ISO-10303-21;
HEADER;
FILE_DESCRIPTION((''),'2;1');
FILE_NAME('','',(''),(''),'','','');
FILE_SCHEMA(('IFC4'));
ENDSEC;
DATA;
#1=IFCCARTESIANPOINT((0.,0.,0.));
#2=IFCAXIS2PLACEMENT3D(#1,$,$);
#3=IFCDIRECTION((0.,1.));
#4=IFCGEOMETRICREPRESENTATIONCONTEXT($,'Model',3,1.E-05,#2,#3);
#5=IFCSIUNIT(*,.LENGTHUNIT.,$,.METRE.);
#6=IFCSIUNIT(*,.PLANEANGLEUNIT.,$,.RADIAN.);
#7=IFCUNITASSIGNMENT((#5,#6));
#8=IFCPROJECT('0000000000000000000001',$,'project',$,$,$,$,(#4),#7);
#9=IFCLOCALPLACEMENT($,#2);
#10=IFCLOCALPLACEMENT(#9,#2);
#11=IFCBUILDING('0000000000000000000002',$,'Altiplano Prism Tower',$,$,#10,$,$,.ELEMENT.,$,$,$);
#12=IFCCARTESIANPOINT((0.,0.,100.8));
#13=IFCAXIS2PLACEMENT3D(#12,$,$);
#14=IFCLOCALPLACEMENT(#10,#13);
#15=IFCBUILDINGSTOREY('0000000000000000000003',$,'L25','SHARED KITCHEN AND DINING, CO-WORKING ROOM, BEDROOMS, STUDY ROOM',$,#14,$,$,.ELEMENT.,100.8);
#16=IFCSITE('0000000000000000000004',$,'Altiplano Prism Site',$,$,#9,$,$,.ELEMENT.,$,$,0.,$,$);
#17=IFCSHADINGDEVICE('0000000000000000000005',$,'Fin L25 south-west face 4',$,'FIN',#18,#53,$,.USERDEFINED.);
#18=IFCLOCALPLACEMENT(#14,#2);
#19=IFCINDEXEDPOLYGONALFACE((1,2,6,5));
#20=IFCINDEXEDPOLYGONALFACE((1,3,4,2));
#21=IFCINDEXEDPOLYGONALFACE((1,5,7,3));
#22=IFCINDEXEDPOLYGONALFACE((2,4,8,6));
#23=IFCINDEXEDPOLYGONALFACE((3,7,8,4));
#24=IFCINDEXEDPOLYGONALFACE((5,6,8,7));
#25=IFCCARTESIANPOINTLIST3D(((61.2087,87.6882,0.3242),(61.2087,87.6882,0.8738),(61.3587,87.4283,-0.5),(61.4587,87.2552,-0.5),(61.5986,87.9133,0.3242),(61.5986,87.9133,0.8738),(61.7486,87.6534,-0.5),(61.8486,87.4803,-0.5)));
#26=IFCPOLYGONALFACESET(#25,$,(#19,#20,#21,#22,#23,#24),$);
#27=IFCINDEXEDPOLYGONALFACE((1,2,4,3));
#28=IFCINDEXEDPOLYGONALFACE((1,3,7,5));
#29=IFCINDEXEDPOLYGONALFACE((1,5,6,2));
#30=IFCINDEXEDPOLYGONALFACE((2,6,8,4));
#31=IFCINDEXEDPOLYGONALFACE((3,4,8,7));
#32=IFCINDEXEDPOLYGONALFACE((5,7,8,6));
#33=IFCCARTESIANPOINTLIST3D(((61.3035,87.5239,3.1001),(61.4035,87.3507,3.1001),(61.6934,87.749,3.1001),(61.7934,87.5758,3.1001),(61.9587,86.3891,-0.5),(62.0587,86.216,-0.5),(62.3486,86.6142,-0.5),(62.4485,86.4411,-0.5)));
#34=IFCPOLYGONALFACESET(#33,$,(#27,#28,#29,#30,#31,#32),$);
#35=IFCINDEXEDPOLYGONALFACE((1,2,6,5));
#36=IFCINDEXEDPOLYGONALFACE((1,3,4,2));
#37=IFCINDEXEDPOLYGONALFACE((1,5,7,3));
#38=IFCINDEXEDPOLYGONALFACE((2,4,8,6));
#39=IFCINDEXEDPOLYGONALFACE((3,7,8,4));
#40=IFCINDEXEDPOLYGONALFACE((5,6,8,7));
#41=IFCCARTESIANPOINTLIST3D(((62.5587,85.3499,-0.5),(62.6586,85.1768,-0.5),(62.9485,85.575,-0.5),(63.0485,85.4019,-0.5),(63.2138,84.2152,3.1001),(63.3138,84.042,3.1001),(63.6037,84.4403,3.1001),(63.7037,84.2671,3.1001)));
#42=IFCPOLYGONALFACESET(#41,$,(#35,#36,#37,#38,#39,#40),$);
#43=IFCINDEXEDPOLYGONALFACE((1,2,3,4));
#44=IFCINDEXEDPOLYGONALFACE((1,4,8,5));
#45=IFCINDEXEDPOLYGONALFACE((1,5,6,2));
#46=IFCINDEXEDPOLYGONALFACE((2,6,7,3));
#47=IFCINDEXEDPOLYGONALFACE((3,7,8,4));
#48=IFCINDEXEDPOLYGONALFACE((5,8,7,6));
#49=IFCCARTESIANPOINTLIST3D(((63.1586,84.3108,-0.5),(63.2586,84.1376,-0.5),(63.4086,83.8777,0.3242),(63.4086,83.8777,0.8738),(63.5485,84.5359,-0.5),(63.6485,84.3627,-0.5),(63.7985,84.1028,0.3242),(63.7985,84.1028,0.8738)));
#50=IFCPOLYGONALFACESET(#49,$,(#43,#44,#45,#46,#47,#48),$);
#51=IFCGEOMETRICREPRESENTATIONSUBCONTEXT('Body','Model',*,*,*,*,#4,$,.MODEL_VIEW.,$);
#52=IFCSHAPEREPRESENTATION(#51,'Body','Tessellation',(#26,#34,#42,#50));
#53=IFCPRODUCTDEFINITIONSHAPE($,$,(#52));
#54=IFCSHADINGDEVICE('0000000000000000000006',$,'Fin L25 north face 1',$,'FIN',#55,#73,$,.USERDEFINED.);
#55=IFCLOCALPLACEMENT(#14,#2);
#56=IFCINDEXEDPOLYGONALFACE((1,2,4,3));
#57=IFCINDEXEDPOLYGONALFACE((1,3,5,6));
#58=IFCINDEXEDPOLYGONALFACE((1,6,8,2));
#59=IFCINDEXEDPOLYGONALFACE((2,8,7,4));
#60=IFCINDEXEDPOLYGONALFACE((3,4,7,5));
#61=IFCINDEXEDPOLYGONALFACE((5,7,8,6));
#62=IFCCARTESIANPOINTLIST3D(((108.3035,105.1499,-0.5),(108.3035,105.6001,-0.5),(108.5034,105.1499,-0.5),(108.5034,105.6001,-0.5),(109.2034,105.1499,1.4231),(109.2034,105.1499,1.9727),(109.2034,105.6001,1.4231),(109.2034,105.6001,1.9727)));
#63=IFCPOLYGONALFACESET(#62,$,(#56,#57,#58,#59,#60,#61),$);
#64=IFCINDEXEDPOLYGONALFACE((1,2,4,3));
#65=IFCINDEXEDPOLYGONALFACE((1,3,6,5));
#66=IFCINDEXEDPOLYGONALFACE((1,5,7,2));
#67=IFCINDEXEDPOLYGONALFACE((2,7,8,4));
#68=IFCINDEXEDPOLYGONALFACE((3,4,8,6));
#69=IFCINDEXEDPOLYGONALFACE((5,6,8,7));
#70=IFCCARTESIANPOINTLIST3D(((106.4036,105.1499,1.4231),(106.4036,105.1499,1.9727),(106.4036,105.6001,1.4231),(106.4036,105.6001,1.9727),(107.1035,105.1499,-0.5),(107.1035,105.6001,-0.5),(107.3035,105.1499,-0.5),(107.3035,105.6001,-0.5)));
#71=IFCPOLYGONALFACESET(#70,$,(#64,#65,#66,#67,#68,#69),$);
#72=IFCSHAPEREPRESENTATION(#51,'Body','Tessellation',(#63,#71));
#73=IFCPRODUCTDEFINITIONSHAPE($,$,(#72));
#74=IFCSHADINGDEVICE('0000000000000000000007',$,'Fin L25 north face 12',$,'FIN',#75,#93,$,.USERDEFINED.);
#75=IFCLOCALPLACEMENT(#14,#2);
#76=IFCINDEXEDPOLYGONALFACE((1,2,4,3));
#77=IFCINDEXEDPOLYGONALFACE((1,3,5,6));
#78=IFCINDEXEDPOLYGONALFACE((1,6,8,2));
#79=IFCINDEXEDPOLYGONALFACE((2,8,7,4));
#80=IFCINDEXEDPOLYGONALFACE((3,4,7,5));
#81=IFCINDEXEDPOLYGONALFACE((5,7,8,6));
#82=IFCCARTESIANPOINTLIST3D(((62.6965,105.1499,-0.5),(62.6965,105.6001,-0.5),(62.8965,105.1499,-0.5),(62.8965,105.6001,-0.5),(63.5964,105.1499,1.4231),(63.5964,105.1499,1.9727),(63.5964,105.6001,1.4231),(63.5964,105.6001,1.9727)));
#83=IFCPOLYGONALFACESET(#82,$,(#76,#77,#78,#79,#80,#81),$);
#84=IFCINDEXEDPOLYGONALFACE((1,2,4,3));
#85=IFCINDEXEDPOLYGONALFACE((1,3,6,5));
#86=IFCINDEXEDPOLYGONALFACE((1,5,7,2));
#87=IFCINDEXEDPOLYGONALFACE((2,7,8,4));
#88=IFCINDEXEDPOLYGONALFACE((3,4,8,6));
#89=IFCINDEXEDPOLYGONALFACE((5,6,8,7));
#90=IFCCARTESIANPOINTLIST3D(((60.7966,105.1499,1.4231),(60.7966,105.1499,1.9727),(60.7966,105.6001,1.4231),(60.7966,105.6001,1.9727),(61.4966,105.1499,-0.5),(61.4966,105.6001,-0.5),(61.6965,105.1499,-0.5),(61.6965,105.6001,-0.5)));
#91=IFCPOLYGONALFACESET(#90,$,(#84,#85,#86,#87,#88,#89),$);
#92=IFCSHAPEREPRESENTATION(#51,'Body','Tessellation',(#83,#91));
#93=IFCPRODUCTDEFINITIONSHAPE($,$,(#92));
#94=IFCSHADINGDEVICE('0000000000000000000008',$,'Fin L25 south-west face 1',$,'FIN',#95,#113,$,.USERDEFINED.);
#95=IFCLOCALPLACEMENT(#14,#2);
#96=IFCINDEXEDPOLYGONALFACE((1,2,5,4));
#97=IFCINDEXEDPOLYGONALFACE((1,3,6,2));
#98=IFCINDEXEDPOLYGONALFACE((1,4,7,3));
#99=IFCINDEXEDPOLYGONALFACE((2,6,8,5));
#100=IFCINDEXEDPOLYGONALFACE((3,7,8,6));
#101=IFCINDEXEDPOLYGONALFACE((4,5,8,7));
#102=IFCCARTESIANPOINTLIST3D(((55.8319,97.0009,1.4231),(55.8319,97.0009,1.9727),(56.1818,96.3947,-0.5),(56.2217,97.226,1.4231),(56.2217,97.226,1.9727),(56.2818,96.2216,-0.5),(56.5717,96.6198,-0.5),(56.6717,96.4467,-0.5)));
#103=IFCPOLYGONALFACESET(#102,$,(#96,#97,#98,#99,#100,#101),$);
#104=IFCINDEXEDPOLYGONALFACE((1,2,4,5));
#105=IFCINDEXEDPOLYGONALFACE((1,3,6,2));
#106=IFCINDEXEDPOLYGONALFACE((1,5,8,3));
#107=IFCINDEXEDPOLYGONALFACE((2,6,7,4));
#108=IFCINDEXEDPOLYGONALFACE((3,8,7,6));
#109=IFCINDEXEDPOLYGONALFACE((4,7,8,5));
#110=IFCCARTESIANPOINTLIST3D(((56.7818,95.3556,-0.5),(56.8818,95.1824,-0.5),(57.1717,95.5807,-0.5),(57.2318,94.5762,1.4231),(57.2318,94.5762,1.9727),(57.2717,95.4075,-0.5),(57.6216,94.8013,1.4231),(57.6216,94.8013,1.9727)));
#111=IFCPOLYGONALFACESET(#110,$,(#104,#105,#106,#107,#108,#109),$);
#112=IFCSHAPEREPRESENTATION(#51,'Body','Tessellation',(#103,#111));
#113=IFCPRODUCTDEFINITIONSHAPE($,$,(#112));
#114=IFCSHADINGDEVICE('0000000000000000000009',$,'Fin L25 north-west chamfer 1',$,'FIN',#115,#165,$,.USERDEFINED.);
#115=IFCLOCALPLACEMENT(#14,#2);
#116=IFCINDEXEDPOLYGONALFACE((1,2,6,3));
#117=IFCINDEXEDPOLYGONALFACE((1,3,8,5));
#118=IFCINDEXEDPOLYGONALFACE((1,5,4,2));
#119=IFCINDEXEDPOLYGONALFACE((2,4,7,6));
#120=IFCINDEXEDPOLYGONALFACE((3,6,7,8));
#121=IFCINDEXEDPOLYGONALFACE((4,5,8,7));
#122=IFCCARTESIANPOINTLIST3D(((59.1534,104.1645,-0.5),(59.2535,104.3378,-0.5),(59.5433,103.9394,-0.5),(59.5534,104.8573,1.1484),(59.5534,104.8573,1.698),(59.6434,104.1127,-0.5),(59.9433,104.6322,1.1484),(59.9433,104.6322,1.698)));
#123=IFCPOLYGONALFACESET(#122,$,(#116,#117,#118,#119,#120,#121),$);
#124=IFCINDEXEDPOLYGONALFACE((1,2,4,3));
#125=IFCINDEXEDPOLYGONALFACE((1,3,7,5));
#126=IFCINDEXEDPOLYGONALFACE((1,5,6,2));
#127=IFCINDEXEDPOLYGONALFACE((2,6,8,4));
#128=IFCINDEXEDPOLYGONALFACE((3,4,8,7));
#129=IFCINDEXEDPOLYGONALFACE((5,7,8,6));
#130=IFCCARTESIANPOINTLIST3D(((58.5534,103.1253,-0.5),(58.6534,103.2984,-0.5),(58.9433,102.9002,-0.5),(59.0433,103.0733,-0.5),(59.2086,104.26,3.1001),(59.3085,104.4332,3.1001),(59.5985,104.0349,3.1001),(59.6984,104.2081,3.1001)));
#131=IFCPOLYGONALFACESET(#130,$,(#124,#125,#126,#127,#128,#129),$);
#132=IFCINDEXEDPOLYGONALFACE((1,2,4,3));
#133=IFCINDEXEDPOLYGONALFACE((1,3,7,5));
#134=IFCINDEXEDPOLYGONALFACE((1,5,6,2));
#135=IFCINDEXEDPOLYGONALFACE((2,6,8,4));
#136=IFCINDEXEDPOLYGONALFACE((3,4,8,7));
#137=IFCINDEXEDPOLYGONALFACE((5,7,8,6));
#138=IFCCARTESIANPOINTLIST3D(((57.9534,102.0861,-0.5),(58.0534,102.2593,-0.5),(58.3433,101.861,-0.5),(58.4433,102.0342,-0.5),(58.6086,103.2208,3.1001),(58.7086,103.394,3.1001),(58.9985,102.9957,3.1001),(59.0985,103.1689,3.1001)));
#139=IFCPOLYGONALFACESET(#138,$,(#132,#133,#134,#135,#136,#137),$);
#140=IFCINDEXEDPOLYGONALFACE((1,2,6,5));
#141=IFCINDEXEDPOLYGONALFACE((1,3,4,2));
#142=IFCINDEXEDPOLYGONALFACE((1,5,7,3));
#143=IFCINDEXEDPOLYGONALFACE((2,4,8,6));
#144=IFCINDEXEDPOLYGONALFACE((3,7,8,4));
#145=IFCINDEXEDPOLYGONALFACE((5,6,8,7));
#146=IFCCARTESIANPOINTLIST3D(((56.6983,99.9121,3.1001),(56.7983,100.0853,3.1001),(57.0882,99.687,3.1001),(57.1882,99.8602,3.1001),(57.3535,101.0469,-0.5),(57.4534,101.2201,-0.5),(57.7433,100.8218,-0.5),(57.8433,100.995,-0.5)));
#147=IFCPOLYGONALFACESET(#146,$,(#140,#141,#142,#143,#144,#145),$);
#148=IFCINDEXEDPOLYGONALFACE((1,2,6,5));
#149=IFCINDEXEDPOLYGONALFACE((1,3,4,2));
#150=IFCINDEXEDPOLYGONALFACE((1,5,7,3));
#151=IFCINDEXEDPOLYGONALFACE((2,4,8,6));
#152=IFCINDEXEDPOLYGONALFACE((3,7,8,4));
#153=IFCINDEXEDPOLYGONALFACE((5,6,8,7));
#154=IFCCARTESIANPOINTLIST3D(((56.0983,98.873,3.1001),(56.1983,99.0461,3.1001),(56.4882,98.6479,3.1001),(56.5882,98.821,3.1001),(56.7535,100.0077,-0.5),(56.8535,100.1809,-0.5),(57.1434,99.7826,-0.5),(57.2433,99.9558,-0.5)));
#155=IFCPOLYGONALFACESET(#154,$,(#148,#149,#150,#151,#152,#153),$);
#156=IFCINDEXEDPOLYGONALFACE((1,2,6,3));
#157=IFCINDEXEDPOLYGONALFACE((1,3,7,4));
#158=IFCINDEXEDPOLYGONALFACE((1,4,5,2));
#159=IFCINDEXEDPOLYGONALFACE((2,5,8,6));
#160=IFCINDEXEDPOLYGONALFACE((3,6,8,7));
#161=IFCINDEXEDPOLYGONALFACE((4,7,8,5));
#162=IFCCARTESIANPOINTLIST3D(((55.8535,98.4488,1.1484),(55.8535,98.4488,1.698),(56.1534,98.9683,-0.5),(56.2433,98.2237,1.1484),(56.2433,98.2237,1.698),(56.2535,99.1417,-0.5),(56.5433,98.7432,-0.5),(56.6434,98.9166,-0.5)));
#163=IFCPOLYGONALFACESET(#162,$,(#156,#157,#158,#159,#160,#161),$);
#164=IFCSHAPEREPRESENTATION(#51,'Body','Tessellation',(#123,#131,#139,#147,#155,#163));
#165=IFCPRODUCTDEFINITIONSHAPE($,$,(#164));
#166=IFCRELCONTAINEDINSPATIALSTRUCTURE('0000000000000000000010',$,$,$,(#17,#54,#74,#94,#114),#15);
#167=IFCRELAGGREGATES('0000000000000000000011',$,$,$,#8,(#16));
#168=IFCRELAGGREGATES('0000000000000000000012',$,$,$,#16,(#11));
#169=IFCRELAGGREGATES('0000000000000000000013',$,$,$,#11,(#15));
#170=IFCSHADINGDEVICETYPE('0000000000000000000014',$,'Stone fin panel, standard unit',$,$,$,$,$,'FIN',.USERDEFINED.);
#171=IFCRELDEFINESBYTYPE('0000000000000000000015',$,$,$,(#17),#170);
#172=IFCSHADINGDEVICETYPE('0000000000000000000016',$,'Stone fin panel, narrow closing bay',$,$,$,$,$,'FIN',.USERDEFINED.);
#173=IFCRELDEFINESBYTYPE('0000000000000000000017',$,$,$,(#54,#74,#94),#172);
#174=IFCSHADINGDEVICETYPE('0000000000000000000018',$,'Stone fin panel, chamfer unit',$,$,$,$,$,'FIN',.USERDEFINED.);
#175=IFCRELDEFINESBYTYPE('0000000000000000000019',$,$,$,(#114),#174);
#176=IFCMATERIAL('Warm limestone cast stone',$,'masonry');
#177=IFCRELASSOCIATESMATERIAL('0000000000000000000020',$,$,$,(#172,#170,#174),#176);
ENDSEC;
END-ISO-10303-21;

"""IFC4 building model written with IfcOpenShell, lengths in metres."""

from ifc_helpers import new_model, si_unit, direction, frame, origin, place, context, subcontext, project, spatial, polyline, outline, extrude, source, transform, mapped, material, type_object, element, save


model = new_model("IFC4")

# Units and contexts
model_context = context("Model", 3, precision=1e-05, world=origin(), true_north=direction((0.0, 1.0)))
body_context = subcontext(model_context, "Body", "Model", "MODEL_VIEW")
ifc_project = project(units=[si_unit("LENGTHUNIT", "METRE"), si_unit("PLANEANGLEUNIT", "RADIAN")], contexts=[model_context])

# Site, building, storey
site_placement = place(None, origin())
site = spatial("IfcSite", under=ifc_project, at=site_placement, Name="Altiplano Prism Site", CompositionType="ELEMENT", RefElevation=0.0)
building_placement = place(site_placement, origin())
building = spatial("IfcBuilding", under=site, at=building_placement, Name="Altiplano Prism Tower", CompositionType="ELEMENT")
storey_placement = place(building_placement, frame((0.0, 0.0, 100.8)))
storey = spatial("IfcBuildingStorey", under=building, at=storey_placement, Name="L25", Description="SHARED KITCHEN AND DINING, CO-WORKING ROOM, BEDROOMS, STUDY ROOM", CompositionType="ELEMENT", Elevation=100.8)

# Shading devices
ifc_material_1 = material(Name="Warm limestone cast stone", Category="masonry")
shading_device_type_1 = type_object("IfcShadingDeviceType", Name="Stone fin panel, narrow closing bay", ElementType="FIN", PredefinedType="USERDEFINED", material=ifc_material_1)
shading_device_type_2 = type_object("IfcShadingDeviceType", Name="Stone fin panel, standard unit", ElementType="FIN", PredefinedType="USERDEFINED", material=ifc_material_1)
shared_shape_1 = source(origin(), body_context, "Body", "SweptSolid", [
    extrude(outline(polyline([(-2.2, 1.3738), (-2.2, 0.8242), (-1.8999, 0.0), (-1.7, 0.0), (-2.2, 1.3738)])), frame((0.0, -0.1499, 0.0), z_axis=(0.0, -1.0, 0.0), x_axis=(1.0, 0.0, 0.0)), (0.0, 0.0, 1.0), 0.4502),
    extrude(outline(polyline([(-2.0103, 3.6001), (-0.7, 0.0), (-0.5, 0.0), (-1.8103, 3.6001), (-2.0103, 3.6001)])), frame((0.0, -0.1499, 0.0), z_axis=(0.0, -1.0, 0.0), x_axis=(1.0, 0.0, 0.0)), (0.0, 0.0, 1.0), 0.4502),
    extrude(outline(polyline([(1.8103, 3.6001), (0.5, 0.0), (0.7, 0.0), (2.0103, 3.6001), (1.8103, 3.6001)])), frame((0.0, -0.1499, 0.0), z_axis=(0.0, -1.0, 0.0), x_axis=(1.0, 0.0, 0.0)), (0.0, 0.0, 1.0), 0.4502),
    extrude(outline(polyline([(2.2, 0.8242), (2.2, 1.3738), (1.7, 0.0), (1.8999, 0.0), (2.2, 0.8242)])), frame((0.0, -0.1499, 0.0), z_axis=(0.0, -1.0, 0.0), x_axis=(1.0, 0.0, 0.0)), (0.0, 0.0, 1.0), 0.4502),
])
shading_device_1_placement = place(storey_placement, origin())
element("IfcShadingDevice", 1, at=shading_device_1_placement, inside=storey, type_object=shading_device_type_2, Name="Fin L25 south-west face 4", ObjectType="FIN", PredefinedType="USERDEFINED", context=body_context, shape_type="MappedRepresentation", body=[
    mapped(shared_shape_1, transform((62.8284, 86.083, -0.5), x_axis=(0.5, -0.866025, 0.0), y_axis=(0.866025, 0.5, 0.0), z_axis=(0.0, 0.0, 1.0))),
])
shared_shape_2 = source(origin(), body_context, "Body", "SweptSolid", [
    extrude(outline(polyline([(-1.3999, 2.4727), (-1.3999, 1.9231), (-0.7, 0.0), (-0.5, 0.0), (-1.3999, 2.4727)])), frame((0.0, -0.1499, 0.0), z_axis=(0.0, -1.0, 0.0), x_axis=(1.0, 0.0, 0.0)), (0.0, 0.0, 1.0), 0.4502),
    extrude(outline(polyline([(1.3999, 1.9231), (1.3999, 2.4727), (0.5, 0.0), (0.7, 0.0), (1.3999, 1.9231)])), frame((0.0, -0.1499, 0.0), z_axis=(0.0, -1.0, 0.0), x_axis=(1.0, 0.0, 0.0)), (0.0, 0.0, 1.0), 0.4502),
])
shading_device_2_placement = place(storey_placement, origin())
element("IfcShadingDevice", 2, at=shading_device_2_placement, inside=storey, type_object=shading_device_type_1, Name="Fin L25 north face 1", ObjectType="FIN", PredefinedType="USERDEFINED", context=body_context, shape_type="MappedRepresentation", body=[
    mapped(shared_shape_2, transform((107.8035, 105.0, -0.5), x_axis=(-1.0, 0.0, 0.0), y_axis=(0.0, -1.0, 0.0), z_axis=(0.0, 0.0, 1.0))),
])
shading_device_3_placement = place(storey_placement, origin())
element("IfcShadingDevice", 3, at=shading_device_3_placement, inside=storey, type_object=shading_device_type_1, Name="Fin L25 north face 12", ObjectType="FIN", PredefinedType="USERDEFINED", context=body_context, shape_type="MappedRepresentation", body=[
    mapped(shared_shape_2, transform((62.1965, 105.0, -0.5), x_axis=(-1.0, 0.0, 0.0), y_axis=(0.0, -1.0, 0.0), z_axis=(0.0, 0.0, 1.0))),
])
shading_device_4_placement = place(storey_placement, origin())
element("IfcShadingDevice", 4, at=shading_device_4_placement, inside=storey, type_object=shading_device_type_1, Name="Fin L25 south-west face 1", ObjectType="FIN", PredefinedType="USERDEFINED", context=body_context, shape_type="MappedRepresentation", body=[
    mapped(shared_shape_2, transform((57.0515, 96.0886, -0.5), x_axis=(0.5, -0.866025, 0.0), y_axis=(0.866025, 0.5, 0.0), z_axis=(0.0, 0.0, 1.0))),
])
shading_device_type_3 = type_object("IfcShadingDeviceType", Name="Stone fin panel, chamfer unit", ElementType="FIN", PredefinedType="USERDEFINED", material=ifc_material_1)
shared_shape_3 = source(origin(), body_context, "Body", "SweptSolid", [
    extrude(outline(polyline([(-3.7, 2.198), (-3.7, 1.6484), (-3.1001, 0.0), (-2.8999, 0.0), (-3.7, 2.198)])), frame((0.0, -0.1499, 0.0), z_axis=(0.0, -1.0, 0.0), x_axis=(1.0, 0.0, 0.0)), (0.0, 0.0, 1.0), 0.4502),
    extrude(outline(polyline([(-3.2102, 3.6001), (-1.8999, 0.0), (-1.7, 0.0), (-3.0103, 3.6001), (-3.2102, 3.6001)])), frame((0.0, -0.1499, 0.0), z_axis=(0.0, -1.0, 0.0), x_axis=(1.0, 0.0, 0.0)), (0.0, 0.0, 1.0), 0.4502),
    extrude(outline(polyline([(-2.0103, 3.6001), (-0.7, 0.0), (-0.5, 0.0), (-1.8103, 3.6001), (-2.0103, 3.6001)])), frame((0.0, -0.1499, 0.0), z_axis=(0.0, -1.0, 0.0), x_axis=(1.0, 0.0, 0.0)), (0.0, 0.0, 1.0), 0.4502),
    extrude(outline(polyline([(1.8103, 3.6001), (0.5, 0.0), (0.7, 0.0), (2.0103, 3.6001), (1.8103, 3.6001)])), frame((0.0, -0.1499, 0.0), z_axis=(0.0, -1.0, 0.0), x_axis=(1.0, 0.0, 0.0)), (0.0, 0.0, 1.0), 0.4502),
    extrude(outline(polyline([(3.0103, 3.6001), (1.7, 0.0), (1.8999, 0.0), (3.2102, 3.6001), (3.0103, 3.6001)])), frame((0.0, -0.1499, 0.0), z_axis=(0.0, -1.0, 0.0), x_axis=(1.0, 0.0, 0.0)), (0.0, 0.0, 1.0), 0.4502),
    extrude(outline(polyline([(3.7, 1.6484), (3.7, 2.198), (2.8999, 0.0), (3.1001, 0.0), (3.7, 1.6484)])), frame((0.0, -0.1499, 0.0), z_axis=(0.0, -1.0, 0.0), x_axis=(1.0, 0.0, 0.0)), (0.0, 0.0, 1.0), 0.4502),
])
shading_device_5_placement = place(storey_placement, origin())
element("IfcShadingDevice", 5, at=shading_device_5_placement, inside=storey, type_object=shading_device_type_3, Name="Fin L25 north-west chamfer 1", ObjectType="FIN", PredefinedType="USERDEFINED", context=body_context, shape_type="MappedRepresentation", body=[
    mapped(shared_shape_3, transform((58.2231, 101.353, -0.5), x_axis=(-0.5, -0.866025, 0.0), y_axis=(0.866025, -0.5, 0.0), z_axis=(0.0, 0.0, 1.0))),
])

save(model, "model.ifc")
